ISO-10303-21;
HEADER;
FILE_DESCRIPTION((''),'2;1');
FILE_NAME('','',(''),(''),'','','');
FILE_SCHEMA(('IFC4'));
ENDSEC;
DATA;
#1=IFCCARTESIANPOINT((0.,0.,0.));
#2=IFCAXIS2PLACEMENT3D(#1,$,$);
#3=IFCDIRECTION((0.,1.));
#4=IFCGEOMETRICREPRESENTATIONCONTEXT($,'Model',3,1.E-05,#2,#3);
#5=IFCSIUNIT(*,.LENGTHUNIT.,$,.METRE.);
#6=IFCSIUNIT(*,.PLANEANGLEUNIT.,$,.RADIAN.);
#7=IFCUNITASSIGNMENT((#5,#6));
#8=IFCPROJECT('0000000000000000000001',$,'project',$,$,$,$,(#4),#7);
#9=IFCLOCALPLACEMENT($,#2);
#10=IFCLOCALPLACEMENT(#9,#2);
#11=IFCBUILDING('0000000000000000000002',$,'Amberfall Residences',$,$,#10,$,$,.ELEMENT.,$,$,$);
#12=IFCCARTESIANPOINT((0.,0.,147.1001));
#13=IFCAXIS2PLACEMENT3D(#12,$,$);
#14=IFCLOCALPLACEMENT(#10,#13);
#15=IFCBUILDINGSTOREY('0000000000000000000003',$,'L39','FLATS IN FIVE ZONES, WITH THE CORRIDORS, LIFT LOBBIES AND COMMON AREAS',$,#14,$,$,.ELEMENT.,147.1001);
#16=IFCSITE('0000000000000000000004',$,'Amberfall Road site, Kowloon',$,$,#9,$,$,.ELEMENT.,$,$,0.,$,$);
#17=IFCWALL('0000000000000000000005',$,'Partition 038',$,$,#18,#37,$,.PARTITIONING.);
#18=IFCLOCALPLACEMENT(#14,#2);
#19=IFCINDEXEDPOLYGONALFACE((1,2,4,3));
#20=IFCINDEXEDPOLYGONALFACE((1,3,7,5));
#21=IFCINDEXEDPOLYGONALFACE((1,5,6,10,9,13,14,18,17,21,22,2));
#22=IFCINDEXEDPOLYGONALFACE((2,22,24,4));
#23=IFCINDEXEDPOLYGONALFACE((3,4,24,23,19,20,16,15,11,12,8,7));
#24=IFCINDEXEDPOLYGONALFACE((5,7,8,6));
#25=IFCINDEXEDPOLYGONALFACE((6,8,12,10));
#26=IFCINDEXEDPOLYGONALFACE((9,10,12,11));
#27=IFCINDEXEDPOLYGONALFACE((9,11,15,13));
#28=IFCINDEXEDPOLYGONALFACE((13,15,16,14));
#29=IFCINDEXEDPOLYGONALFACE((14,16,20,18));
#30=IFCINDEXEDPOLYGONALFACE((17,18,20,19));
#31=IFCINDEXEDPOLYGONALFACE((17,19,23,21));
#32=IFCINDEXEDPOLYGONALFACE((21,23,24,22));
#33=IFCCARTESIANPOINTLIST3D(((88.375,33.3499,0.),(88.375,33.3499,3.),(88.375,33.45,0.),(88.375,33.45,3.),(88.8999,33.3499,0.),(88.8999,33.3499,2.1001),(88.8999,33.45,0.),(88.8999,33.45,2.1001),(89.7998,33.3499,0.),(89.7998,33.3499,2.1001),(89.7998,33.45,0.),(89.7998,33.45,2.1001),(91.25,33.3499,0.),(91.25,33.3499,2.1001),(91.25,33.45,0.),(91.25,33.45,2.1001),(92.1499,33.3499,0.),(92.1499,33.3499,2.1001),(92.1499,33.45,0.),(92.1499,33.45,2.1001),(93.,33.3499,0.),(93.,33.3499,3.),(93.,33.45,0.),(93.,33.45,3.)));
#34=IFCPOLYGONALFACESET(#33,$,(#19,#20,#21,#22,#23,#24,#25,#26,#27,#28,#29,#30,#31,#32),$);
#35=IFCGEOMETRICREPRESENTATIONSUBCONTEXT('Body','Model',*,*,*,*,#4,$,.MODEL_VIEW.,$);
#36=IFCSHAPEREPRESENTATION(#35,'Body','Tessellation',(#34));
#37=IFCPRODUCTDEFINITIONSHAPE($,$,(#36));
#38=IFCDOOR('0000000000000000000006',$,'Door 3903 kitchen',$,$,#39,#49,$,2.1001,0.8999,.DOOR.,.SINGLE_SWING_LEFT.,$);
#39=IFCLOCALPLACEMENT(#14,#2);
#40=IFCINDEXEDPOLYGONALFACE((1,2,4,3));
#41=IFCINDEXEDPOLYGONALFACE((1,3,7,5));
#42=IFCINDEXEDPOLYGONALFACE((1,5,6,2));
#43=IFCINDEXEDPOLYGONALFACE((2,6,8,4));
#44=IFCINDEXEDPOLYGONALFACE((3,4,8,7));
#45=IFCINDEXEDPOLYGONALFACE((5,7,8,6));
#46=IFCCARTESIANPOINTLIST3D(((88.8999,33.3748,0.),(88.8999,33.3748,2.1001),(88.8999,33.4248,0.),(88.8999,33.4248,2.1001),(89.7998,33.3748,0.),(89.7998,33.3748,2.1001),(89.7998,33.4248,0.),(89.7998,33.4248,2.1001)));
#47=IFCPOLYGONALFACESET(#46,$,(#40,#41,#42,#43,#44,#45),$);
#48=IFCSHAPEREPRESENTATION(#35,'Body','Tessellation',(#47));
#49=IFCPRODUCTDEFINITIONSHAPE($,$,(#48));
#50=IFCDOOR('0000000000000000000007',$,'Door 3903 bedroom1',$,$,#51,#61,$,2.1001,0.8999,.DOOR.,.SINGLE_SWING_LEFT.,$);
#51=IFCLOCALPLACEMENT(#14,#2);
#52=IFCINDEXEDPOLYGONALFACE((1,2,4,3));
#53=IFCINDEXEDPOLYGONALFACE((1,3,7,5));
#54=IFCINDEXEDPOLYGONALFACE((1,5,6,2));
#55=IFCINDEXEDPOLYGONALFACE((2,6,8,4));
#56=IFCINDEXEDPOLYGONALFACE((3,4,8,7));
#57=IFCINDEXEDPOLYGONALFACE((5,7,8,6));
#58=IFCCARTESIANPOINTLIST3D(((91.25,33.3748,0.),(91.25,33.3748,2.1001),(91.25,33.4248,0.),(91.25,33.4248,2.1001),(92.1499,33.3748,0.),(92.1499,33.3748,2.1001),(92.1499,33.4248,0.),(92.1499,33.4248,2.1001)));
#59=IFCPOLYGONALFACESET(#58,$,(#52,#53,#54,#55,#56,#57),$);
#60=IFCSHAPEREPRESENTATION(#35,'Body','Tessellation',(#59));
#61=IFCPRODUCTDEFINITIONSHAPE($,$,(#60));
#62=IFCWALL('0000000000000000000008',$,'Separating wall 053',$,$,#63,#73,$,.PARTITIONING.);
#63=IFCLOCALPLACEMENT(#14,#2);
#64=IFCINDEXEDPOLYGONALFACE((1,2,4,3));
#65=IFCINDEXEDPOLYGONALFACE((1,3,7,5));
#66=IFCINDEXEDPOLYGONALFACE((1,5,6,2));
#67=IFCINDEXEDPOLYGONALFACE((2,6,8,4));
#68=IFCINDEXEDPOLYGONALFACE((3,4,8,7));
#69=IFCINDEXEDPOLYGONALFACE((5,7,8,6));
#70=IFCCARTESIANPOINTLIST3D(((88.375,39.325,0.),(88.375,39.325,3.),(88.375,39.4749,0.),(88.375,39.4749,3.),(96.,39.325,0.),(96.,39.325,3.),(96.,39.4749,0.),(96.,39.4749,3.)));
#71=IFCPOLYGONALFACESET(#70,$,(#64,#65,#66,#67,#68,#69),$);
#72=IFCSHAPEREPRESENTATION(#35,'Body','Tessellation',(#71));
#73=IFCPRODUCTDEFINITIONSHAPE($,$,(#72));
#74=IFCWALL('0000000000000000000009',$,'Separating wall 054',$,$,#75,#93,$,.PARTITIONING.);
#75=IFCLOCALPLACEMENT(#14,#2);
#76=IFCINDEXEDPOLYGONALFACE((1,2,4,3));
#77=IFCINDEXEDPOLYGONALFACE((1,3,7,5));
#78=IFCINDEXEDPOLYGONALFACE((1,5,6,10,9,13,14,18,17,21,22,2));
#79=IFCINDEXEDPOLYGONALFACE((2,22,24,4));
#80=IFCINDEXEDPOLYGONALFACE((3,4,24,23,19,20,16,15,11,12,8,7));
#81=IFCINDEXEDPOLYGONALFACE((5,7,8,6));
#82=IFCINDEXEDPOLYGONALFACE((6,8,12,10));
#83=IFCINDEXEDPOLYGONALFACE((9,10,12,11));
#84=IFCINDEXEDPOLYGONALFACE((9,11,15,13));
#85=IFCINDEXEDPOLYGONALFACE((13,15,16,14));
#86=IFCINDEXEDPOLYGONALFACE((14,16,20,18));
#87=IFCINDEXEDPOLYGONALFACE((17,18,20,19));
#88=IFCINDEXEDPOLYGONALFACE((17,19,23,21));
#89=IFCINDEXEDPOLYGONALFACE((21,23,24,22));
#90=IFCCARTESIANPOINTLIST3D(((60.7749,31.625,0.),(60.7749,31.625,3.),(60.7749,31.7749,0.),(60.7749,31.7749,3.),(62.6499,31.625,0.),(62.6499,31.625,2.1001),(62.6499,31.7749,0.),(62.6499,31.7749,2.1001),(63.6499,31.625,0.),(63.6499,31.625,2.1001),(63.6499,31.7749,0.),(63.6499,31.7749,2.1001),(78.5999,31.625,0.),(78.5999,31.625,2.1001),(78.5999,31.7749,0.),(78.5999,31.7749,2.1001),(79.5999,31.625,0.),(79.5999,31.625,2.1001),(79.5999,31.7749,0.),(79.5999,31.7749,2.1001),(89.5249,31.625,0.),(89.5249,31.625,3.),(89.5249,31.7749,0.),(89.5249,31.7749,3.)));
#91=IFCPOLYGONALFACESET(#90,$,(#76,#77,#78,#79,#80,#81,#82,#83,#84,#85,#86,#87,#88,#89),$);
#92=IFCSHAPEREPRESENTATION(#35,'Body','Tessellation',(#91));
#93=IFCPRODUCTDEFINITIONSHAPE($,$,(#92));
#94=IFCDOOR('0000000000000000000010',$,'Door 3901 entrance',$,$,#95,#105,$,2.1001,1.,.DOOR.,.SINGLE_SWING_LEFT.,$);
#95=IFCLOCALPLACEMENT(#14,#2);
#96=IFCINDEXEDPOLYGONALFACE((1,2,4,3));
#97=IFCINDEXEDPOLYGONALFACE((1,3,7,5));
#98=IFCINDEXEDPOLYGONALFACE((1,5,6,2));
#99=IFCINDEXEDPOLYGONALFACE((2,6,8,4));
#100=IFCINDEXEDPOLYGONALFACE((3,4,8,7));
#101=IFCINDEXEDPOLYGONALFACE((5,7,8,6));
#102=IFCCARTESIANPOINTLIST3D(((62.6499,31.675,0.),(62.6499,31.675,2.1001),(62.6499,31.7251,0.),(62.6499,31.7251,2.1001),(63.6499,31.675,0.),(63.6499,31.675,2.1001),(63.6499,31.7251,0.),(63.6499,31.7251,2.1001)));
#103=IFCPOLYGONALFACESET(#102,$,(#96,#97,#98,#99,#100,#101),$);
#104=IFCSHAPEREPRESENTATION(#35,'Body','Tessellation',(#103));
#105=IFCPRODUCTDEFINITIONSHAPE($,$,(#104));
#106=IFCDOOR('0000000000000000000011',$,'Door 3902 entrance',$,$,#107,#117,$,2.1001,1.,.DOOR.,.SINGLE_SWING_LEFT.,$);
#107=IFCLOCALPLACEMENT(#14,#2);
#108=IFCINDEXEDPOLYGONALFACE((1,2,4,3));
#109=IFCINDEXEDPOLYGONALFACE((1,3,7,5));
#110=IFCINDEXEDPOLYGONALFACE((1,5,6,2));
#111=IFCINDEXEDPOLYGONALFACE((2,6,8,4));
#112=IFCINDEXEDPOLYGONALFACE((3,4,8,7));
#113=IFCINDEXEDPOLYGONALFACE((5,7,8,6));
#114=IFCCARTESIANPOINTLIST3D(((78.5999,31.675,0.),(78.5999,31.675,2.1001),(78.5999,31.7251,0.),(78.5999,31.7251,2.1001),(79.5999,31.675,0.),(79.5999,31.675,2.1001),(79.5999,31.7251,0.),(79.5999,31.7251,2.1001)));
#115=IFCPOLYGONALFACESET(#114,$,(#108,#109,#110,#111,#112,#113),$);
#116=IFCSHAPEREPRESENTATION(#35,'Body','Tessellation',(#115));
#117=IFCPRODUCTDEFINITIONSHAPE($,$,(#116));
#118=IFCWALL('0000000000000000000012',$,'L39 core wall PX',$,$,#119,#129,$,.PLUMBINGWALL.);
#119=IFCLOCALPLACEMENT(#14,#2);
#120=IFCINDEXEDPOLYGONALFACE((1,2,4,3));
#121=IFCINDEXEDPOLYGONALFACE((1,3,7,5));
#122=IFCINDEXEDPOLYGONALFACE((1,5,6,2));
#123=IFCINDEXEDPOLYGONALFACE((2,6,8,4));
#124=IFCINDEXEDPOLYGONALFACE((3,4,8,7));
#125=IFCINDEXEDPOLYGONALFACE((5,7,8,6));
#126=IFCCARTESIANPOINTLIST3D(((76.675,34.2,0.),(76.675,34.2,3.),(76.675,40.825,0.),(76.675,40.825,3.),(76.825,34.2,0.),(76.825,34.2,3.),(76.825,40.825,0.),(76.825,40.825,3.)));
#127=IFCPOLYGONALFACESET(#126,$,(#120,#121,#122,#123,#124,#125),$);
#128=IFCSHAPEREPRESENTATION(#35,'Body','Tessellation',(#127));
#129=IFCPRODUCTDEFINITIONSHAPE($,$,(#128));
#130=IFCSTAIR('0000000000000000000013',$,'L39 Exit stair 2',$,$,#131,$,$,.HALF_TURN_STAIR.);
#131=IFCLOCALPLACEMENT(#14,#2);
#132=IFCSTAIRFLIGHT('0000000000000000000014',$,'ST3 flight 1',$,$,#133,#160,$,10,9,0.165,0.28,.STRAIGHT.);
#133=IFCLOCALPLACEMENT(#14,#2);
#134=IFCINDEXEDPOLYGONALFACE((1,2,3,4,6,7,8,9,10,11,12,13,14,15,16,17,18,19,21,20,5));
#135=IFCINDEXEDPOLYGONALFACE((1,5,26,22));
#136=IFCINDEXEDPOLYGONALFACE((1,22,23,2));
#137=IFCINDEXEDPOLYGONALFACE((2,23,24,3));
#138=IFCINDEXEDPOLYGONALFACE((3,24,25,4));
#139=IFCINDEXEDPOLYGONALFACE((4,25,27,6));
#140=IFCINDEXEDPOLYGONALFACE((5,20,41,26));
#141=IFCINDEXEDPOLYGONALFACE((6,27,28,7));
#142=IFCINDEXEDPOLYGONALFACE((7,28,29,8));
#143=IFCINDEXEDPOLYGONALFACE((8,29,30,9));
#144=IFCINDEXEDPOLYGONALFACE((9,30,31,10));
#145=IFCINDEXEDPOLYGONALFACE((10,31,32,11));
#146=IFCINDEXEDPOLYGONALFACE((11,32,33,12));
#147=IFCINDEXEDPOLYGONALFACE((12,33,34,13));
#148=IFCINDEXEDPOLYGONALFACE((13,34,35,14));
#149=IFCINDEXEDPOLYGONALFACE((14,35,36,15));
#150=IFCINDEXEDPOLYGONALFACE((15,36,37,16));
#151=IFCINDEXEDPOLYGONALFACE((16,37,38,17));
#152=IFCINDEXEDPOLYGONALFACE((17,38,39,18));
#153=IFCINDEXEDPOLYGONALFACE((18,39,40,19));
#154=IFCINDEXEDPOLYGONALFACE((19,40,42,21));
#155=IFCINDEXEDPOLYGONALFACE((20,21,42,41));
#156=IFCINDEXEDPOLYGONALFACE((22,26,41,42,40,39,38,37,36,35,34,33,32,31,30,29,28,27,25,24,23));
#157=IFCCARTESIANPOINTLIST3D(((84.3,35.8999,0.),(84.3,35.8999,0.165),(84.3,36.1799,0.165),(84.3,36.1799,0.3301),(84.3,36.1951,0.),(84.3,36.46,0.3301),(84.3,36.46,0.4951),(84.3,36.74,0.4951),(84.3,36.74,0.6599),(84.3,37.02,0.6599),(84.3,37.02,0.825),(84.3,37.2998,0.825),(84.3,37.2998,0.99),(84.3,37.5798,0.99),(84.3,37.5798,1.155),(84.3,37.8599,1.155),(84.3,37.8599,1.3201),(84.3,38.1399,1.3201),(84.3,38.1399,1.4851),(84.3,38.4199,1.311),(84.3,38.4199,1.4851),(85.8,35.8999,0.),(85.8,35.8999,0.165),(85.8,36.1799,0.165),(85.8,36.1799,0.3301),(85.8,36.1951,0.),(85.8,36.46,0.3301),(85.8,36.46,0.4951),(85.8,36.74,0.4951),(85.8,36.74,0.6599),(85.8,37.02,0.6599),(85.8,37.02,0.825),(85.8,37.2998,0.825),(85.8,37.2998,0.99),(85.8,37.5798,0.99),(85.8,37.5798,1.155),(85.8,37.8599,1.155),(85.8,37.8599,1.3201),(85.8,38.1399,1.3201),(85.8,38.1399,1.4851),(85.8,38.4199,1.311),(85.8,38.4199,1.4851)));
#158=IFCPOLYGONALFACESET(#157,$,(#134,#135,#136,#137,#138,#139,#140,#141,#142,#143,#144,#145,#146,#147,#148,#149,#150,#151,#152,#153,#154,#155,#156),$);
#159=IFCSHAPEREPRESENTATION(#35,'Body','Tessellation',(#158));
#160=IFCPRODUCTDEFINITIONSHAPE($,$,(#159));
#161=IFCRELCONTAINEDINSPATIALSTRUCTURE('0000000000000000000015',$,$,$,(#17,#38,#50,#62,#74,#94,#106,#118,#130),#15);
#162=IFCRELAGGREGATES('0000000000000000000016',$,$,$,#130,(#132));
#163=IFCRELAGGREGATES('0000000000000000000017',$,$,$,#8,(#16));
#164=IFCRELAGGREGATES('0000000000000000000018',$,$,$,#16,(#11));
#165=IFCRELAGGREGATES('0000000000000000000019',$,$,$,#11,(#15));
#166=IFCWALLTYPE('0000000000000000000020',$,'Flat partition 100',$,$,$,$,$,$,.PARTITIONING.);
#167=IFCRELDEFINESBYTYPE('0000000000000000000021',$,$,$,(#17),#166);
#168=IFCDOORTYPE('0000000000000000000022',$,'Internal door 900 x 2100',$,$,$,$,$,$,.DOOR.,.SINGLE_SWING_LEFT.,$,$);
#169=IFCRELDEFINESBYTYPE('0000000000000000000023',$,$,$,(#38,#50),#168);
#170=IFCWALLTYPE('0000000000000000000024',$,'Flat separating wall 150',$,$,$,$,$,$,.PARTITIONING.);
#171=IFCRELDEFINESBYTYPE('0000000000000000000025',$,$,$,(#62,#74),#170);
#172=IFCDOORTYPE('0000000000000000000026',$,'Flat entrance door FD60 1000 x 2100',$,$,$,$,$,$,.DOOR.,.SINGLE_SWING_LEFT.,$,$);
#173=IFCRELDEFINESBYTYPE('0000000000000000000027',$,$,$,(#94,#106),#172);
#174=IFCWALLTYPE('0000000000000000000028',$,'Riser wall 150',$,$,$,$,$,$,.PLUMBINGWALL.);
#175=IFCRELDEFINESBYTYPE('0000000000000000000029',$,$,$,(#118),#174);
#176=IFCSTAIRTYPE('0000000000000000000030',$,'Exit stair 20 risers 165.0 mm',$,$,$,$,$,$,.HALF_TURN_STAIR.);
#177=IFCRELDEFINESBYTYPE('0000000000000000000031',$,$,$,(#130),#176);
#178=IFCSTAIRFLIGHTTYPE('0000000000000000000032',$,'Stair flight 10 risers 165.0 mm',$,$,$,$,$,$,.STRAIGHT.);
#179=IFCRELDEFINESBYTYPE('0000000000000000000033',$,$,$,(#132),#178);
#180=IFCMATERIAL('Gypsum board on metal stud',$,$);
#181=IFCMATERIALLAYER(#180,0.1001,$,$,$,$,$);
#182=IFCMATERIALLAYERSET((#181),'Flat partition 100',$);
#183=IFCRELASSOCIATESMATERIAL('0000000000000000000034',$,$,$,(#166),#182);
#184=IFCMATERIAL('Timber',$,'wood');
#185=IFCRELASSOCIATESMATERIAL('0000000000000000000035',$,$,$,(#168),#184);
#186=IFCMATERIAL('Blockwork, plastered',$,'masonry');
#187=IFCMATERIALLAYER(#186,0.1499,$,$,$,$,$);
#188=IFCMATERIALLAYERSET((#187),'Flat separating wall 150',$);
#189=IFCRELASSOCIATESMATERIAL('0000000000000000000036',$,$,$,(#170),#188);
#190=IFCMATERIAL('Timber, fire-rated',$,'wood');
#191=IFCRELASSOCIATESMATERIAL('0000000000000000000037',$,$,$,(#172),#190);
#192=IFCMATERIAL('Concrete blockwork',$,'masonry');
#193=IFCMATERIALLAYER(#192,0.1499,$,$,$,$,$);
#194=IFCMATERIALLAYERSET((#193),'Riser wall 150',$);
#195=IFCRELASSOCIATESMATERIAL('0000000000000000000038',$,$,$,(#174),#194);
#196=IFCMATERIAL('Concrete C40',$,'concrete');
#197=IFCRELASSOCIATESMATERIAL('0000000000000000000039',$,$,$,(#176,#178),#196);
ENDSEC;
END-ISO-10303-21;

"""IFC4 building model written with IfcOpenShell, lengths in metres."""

from ifc_helpers import new_model, si_unit, direction, frame, frame_2d, origin, place, context, subcontext, project, spatial, polyline, rectangle, outline, extrude, material, layer, layer_set, type_object, element, fill, aggregate, save


model = new_model("IFC4")

# Units and contexts
model_context = context("Model", 3, precision=1e-05, world=origin(), true_north=direction((0.0, 1.0)))
body_context = subcontext(model_context, "Body", "Model", "MODEL_VIEW")
ifc_project = project(units=[si_unit("LENGTHUNIT", "METRE"), si_unit("PLANEANGLEUNIT", "RADIAN")], contexts=[model_context])

# Site, building, storey
site_placement = place(None, origin())
site = spatial("IfcSite", under=ifc_project, at=site_placement, Name="Amberfall Road site, Kowloon", CompositionType="ELEMENT", RefElevation=0.0)
building_placement = place(site_placement, origin())
building = spatial("IfcBuilding", under=site, at=building_placement, Name="Amberfall Residences", CompositionType="ELEMENT")
storey_placement = place(building_placement, frame((0.0, 0.0, 147.1001)))
storey = spatial("IfcBuildingStorey", under=building, at=storey_placement, Name="L39", Description="FLATS IN FIVE ZONES, WITH THE CORRIDORS, LIFT LOBBIES AND COMMON AREAS", CompositionType="ELEMENT", Elevation=147.1001)

# Shared definitions
ifc_material_1 = material(Name="Gypsum board on metal stud")
ifc_layer_1 = layer(ifc_material_1, 0.1001)
ifc_layer_set_1 = layer_set([ifc_layer_1], Name="Flat partition 100")
wall_type_1 = type_object("IfcWallType", Name="Flat partition 100", PredefinedType="PARTITIONING", material=ifc_layer_set_1)

# Wall, openings, doors
wall_1_placement = place(storey_placement, frame((88.375, 33.3999, 0.0), z_axis=(0.0, 0.0, 1.0), x_axis=(1.0, 0.0, 0.0)))
wall_1 = element("IfcWall", 1, at=wall_1_placement, inside=storey, type_object=wall_type_1, Name="Partition 038", PredefinedType="PARTITIONING", context=body_context, shape_type="SweptSolid", body=[
    extrude(rectangle(XDim=4.625, YDim=0.1001, at=frame_2d((2.3125, 0.0))), origin(), (0.0, 0.0, 1.0), 3.0),
])
opening_1_placement = place(wall_1_placement, frame((0.5249, 0.0, 0.0)))
opening_1 = element("IfcOpeningElement", 2, at=opening_1_placement, cuts=wall_1, PredefinedType="OPENING", context=body_context, shape_type="SweptSolid", body=[
    extrude(rectangle(XDim=0.8999, YDim=2.1001, at=frame_2d((0.45, 1.05))), frame((0.0, 0.0601, 0.0), z_axis=(0.0, -1.0, 0.0), x_axis=(1.0, 0.0, 0.0)), (0.0, 0.0, 1.0), 0.1201),
])
opening_2_placement = place(wall_1_placement, frame((2.875, 0.0, 0.0)))
opening_2 = element("IfcOpeningElement", 3, at=opening_2_placement, cuts=wall_1, PredefinedType="OPENING", context=body_context, shape_type="SweptSolid", body=[
    extrude(rectangle(XDim=0.8999, YDim=2.1001, at=frame_2d((0.45, 1.05))), frame((0.0, 0.0601, 0.0), z_axis=(0.0, -1.0, 0.0), x_axis=(1.0, 0.0, 0.0)), (0.0, 0.0, 1.0), 0.1201),
])
ifc_material_2 = material(Name="Timber", Category="wood")
door_type_1 = type_object("IfcDoorType", Name="Internal door 900 x 2100", OperationType="SINGLE_SWING_LEFT", PredefinedType="DOOR", material=ifc_material_2)
door_1_placement = place(opening_1_placement, origin())
door_1 = element("IfcDoor", 4, at=door_1_placement, inside=storey, type_object=door_type_1, Name="Door 3903 kitchen", OperationType="SINGLE_SWING_LEFT", OverallHeight=2.1001, OverallWidth=0.8999, PredefinedType="DOOR", context=body_context, shape_type="SweptSolid", body=[
    extrude(rectangle(XDim=0.8999, YDim=2.1001, at=frame_2d((0.45, 1.05))), frame((0.0, 0.0249, 0.0), z_axis=(0.0, -1.0, 0.0), x_axis=(1.0, 0.0, 0.0)), (0.0, 0.0, 1.0), 0.05),
])
fill(opening_1, door_1)
door_2_placement = place(opening_2_placement, origin())
door_2 = element("IfcDoor", 5, at=door_2_placement, inside=storey, type_object=door_type_1, Name="Door 3903 bedroom1", OperationType="SINGLE_SWING_LEFT", OverallHeight=2.1001, OverallWidth=0.8999, PredefinedType="DOOR", context=body_context, shape_type="SweptSolid", body=[
    extrude(rectangle(XDim=0.8999, YDim=2.1001, at=frame_2d((0.45, 1.05))), frame((0.0, 0.0249, 0.0), z_axis=(0.0, -1.0, 0.0), x_axis=(1.0, 0.0, 0.0)), (0.0, 0.0, 1.0), 0.05),
])
fill(opening_2, door_2)

# Wall
ifc_material_3 = material(Name="Blockwork, plastered", Category="masonry")
ifc_layer_2 = layer(ifc_material_3, 0.1499)
ifc_layer_set_2 = layer_set([ifc_layer_2], Name="Flat separating wall 150")
wall_type_2 = type_object("IfcWallType", Name="Flat separating wall 150", PredefinedType="PARTITIONING", material=ifc_layer_set_2)
wall_2_placement = place(storey_placement, frame((88.375, 39.3999, 0.0), z_axis=(0.0, 0.0, 1.0), x_axis=(1.0, 0.0, 0.0)))
element("IfcWall", 6, at=wall_2_placement, inside=storey, type_object=wall_type_2, Name="Separating wall 053", PredefinedType="PARTITIONING", context=body_context, shape_type="SweptSolid", body=[
    extrude(rectangle(XDim=7.625, YDim=0.1499, at=frame_2d((3.8125, 0.0))), origin(), (0.0, 0.0, 1.0), 3.0),
])

# Wall, openings, doors
wall_3_placement = place(storey_placement, frame((89.5249, 31.7, 0.0), z_axis=(0.0, 0.0, 1.0), x_axis=(-1.0, 0.0, 0.0)))
wall_3 = element("IfcWall", 7, at=wall_3_placement, inside=storey, type_object=wall_type_2, Name="Separating wall 054", PredefinedType="PARTITIONING", context=body_context, shape_type="SweptSolid", body=[
    extrude(rectangle(XDim=28.75, YDim=0.1499, at=frame_2d((14.375, 0.0))), origin(), (0.0, 0.0, 1.0), 3.0),
])
opening_3_placement = place(wall_3_placement, frame((25.875, 0.0, 0.0)))
opening_3 = element("IfcOpeningElement", 8, at=opening_3_placement, cuts=wall_3, PredefinedType="OPENING", context=body_context, shape_type="SweptSolid", body=[
    extrude(rectangle(XDim=1.0, YDim=2.1001, at=frame_2d((0.5, 1.05))), frame((0.0, 0.085, 0.0), z_axis=(0.0, -1.0, 0.0), x_axis=(1.0, 0.0, 0.0)), (0.0, 0.0, 1.0), 0.1699),
])
opening_4_placement = place(wall_3_placement, frame((9.925, 0.0, 0.0)))
opening_4 = element("IfcOpeningElement", 9, at=opening_4_placement, cuts=wall_3, PredefinedType="OPENING", context=body_context, shape_type="SweptSolid", body=[
    extrude(rectangle(XDim=1.0, YDim=2.1001, at=frame_2d((0.5, 1.05))), frame((0.0, 0.085, 0.0), z_axis=(0.0, -1.0, 0.0), x_axis=(1.0, 0.0, 0.0)), (0.0, 0.0, 1.0), 0.1699),
])
ifc_material_4 = material(Name="Timber, fire-rated", Category="wood")
door_type_2 = type_object("IfcDoorType", Name="Flat entrance door FD60 1000 x 2100", OperationType="SINGLE_SWING_LEFT", PredefinedType="DOOR", material=ifc_material_4)
door_3_placement = place(opening_3_placement, origin())
door_3 = element("IfcDoor", 10, at=door_3_placement, inside=storey, type_object=door_type_2, Name="Door 3901 entrance", OperationType="SINGLE_SWING_LEFT", OverallHeight=2.1001, OverallWidth=1.0, PredefinedType="DOOR", context=body_context, shape_type="SweptSolid", body=[
    extrude(rectangle(XDim=1.0, YDim=2.1001, at=frame_2d((0.5, 1.05))), frame((0.0, 0.0249, 0.0), z_axis=(0.0, -1.0, 0.0), x_axis=(1.0, 0.0, 0.0)), (0.0, 0.0, 1.0), 0.05),
])
fill(opening_3, door_3)
door_4_placement = place(opening_4_placement, origin())
door_4 = element("IfcDoor", 11, at=door_4_placement, inside=storey, type_object=door_type_2, Name="Door 3902 entrance", OperationType="SINGLE_SWING_LEFT", OverallHeight=2.1001, OverallWidth=1.0, PredefinedType="DOOR", context=body_context, shape_type="SweptSolid", body=[
    extrude(rectangle(XDim=1.0, YDim=2.1001, at=frame_2d((0.5, 1.05))), frame((0.0, 0.0249, 0.0), z_axis=(0.0, -1.0, 0.0), x_axis=(1.0, 0.0, 0.0)), (0.0, 0.0, 1.0), 0.05),
])
fill(opening_4, door_4)

# Wall
ifc_material_5 = material(Name="Concrete blockwork", Category="masonry")
ifc_layer_3 = layer(ifc_material_5, 0.1499)
ifc_layer_set_3 = layer_set([ifc_layer_3], Name="Riser wall 150")
wall_type_3 = type_object("IfcWallType", Name="Riser wall 150", PredefinedType="PLUMBINGWALL", material=ifc_layer_set_3)
wall_4_placement = place(storey_placement, frame((76.75, 34.2, 0.0), z_axis=(0.0, 0.0, 1.0), x_axis=(0.0, 1.0, 0.0)))
element("IfcWall", 12, at=wall_4_placement, inside=storey, type_object=wall_type_3, Name="L39 core wall PX", PredefinedType="PLUMBINGWALL", context=body_context, shape_type="SweptSolid", body=[
    extrude(rectangle(XDim=6.625, YDim=0.1499, at=frame_2d((3.3125, 0.0))), origin(), (0.0, 0.0, 1.0), 3.0),
])

# Stair, stair flight
ifc_material_6 = material(Name="Concrete C40", Category="concrete")
stair_type = type_object("IfcStairType", Name="Exit stair 20 risers 165.0 mm", PredefinedType="HALF_TURN_STAIR", material=ifc_material_6)
stair_placement = place(storey_placement, origin())
stair = element("IfcStair", 13, at=stair_placement, inside=storey, type_object=stair_type, Name="L39 Exit stair 2", PredefinedType="HALF_TURN_STAIR")
stair_flight_type = type_object("IfcStairFlightType", Name="Stair flight 10 risers 165.0 mm", PredefinedType="STRAIGHT", material=ifc_material_6)
stair_flight_1_placement = place(storey_placement, frame((85.05, 35.8999, 0.0), z_axis=(0.0, 0.0, 1.0), x_axis=(0.0, 1.0, 0.0)))
stair_flight_1 = element("IfcStairFlight", 14, at=stair_flight_1_placement, type_object=stair_flight_type, Name="ST3 flight 1", NumberOfRisers=10, NumberOfTreads=9, PredefinedType="STRAIGHT", RiserHeight=0.165, TreadLength=0.28, context=body_context, shape_type="SweptSolid", body=[
    extrude(outline(polyline([(0.0, 0.0), (0.0, 0.165), (0.28, 0.165), (0.28, 0.3301), (0.5601, 0.3301), (0.5601, 0.4951), (0.8401, 0.4951), (0.8401, 0.6599), (1.1201, 0.6599), (1.1201, 0.825), (1.3999, 0.825), (1.3999, 0.99), (1.6799, 0.99), (1.6799, 1.155), (1.96, 1.155), (1.96, 1.3201), (2.24, 1.3201), (2.24, 1.4851), (2.52, 1.4851), (2.52, 1.6499), (2.52, 1.311), (0.2952, 0.0), (0.0, 0.0)])), frame((0.0, 0.75, 0.0), z_axis=(0.0, -1.0, 0.0), x_axis=(1.0, 0.0, 0.0)), (0.0, 0.0, 1.0), 1.5),
])
aggregate(stair, [stair_flight_1])

save(model, "model.ifc")
